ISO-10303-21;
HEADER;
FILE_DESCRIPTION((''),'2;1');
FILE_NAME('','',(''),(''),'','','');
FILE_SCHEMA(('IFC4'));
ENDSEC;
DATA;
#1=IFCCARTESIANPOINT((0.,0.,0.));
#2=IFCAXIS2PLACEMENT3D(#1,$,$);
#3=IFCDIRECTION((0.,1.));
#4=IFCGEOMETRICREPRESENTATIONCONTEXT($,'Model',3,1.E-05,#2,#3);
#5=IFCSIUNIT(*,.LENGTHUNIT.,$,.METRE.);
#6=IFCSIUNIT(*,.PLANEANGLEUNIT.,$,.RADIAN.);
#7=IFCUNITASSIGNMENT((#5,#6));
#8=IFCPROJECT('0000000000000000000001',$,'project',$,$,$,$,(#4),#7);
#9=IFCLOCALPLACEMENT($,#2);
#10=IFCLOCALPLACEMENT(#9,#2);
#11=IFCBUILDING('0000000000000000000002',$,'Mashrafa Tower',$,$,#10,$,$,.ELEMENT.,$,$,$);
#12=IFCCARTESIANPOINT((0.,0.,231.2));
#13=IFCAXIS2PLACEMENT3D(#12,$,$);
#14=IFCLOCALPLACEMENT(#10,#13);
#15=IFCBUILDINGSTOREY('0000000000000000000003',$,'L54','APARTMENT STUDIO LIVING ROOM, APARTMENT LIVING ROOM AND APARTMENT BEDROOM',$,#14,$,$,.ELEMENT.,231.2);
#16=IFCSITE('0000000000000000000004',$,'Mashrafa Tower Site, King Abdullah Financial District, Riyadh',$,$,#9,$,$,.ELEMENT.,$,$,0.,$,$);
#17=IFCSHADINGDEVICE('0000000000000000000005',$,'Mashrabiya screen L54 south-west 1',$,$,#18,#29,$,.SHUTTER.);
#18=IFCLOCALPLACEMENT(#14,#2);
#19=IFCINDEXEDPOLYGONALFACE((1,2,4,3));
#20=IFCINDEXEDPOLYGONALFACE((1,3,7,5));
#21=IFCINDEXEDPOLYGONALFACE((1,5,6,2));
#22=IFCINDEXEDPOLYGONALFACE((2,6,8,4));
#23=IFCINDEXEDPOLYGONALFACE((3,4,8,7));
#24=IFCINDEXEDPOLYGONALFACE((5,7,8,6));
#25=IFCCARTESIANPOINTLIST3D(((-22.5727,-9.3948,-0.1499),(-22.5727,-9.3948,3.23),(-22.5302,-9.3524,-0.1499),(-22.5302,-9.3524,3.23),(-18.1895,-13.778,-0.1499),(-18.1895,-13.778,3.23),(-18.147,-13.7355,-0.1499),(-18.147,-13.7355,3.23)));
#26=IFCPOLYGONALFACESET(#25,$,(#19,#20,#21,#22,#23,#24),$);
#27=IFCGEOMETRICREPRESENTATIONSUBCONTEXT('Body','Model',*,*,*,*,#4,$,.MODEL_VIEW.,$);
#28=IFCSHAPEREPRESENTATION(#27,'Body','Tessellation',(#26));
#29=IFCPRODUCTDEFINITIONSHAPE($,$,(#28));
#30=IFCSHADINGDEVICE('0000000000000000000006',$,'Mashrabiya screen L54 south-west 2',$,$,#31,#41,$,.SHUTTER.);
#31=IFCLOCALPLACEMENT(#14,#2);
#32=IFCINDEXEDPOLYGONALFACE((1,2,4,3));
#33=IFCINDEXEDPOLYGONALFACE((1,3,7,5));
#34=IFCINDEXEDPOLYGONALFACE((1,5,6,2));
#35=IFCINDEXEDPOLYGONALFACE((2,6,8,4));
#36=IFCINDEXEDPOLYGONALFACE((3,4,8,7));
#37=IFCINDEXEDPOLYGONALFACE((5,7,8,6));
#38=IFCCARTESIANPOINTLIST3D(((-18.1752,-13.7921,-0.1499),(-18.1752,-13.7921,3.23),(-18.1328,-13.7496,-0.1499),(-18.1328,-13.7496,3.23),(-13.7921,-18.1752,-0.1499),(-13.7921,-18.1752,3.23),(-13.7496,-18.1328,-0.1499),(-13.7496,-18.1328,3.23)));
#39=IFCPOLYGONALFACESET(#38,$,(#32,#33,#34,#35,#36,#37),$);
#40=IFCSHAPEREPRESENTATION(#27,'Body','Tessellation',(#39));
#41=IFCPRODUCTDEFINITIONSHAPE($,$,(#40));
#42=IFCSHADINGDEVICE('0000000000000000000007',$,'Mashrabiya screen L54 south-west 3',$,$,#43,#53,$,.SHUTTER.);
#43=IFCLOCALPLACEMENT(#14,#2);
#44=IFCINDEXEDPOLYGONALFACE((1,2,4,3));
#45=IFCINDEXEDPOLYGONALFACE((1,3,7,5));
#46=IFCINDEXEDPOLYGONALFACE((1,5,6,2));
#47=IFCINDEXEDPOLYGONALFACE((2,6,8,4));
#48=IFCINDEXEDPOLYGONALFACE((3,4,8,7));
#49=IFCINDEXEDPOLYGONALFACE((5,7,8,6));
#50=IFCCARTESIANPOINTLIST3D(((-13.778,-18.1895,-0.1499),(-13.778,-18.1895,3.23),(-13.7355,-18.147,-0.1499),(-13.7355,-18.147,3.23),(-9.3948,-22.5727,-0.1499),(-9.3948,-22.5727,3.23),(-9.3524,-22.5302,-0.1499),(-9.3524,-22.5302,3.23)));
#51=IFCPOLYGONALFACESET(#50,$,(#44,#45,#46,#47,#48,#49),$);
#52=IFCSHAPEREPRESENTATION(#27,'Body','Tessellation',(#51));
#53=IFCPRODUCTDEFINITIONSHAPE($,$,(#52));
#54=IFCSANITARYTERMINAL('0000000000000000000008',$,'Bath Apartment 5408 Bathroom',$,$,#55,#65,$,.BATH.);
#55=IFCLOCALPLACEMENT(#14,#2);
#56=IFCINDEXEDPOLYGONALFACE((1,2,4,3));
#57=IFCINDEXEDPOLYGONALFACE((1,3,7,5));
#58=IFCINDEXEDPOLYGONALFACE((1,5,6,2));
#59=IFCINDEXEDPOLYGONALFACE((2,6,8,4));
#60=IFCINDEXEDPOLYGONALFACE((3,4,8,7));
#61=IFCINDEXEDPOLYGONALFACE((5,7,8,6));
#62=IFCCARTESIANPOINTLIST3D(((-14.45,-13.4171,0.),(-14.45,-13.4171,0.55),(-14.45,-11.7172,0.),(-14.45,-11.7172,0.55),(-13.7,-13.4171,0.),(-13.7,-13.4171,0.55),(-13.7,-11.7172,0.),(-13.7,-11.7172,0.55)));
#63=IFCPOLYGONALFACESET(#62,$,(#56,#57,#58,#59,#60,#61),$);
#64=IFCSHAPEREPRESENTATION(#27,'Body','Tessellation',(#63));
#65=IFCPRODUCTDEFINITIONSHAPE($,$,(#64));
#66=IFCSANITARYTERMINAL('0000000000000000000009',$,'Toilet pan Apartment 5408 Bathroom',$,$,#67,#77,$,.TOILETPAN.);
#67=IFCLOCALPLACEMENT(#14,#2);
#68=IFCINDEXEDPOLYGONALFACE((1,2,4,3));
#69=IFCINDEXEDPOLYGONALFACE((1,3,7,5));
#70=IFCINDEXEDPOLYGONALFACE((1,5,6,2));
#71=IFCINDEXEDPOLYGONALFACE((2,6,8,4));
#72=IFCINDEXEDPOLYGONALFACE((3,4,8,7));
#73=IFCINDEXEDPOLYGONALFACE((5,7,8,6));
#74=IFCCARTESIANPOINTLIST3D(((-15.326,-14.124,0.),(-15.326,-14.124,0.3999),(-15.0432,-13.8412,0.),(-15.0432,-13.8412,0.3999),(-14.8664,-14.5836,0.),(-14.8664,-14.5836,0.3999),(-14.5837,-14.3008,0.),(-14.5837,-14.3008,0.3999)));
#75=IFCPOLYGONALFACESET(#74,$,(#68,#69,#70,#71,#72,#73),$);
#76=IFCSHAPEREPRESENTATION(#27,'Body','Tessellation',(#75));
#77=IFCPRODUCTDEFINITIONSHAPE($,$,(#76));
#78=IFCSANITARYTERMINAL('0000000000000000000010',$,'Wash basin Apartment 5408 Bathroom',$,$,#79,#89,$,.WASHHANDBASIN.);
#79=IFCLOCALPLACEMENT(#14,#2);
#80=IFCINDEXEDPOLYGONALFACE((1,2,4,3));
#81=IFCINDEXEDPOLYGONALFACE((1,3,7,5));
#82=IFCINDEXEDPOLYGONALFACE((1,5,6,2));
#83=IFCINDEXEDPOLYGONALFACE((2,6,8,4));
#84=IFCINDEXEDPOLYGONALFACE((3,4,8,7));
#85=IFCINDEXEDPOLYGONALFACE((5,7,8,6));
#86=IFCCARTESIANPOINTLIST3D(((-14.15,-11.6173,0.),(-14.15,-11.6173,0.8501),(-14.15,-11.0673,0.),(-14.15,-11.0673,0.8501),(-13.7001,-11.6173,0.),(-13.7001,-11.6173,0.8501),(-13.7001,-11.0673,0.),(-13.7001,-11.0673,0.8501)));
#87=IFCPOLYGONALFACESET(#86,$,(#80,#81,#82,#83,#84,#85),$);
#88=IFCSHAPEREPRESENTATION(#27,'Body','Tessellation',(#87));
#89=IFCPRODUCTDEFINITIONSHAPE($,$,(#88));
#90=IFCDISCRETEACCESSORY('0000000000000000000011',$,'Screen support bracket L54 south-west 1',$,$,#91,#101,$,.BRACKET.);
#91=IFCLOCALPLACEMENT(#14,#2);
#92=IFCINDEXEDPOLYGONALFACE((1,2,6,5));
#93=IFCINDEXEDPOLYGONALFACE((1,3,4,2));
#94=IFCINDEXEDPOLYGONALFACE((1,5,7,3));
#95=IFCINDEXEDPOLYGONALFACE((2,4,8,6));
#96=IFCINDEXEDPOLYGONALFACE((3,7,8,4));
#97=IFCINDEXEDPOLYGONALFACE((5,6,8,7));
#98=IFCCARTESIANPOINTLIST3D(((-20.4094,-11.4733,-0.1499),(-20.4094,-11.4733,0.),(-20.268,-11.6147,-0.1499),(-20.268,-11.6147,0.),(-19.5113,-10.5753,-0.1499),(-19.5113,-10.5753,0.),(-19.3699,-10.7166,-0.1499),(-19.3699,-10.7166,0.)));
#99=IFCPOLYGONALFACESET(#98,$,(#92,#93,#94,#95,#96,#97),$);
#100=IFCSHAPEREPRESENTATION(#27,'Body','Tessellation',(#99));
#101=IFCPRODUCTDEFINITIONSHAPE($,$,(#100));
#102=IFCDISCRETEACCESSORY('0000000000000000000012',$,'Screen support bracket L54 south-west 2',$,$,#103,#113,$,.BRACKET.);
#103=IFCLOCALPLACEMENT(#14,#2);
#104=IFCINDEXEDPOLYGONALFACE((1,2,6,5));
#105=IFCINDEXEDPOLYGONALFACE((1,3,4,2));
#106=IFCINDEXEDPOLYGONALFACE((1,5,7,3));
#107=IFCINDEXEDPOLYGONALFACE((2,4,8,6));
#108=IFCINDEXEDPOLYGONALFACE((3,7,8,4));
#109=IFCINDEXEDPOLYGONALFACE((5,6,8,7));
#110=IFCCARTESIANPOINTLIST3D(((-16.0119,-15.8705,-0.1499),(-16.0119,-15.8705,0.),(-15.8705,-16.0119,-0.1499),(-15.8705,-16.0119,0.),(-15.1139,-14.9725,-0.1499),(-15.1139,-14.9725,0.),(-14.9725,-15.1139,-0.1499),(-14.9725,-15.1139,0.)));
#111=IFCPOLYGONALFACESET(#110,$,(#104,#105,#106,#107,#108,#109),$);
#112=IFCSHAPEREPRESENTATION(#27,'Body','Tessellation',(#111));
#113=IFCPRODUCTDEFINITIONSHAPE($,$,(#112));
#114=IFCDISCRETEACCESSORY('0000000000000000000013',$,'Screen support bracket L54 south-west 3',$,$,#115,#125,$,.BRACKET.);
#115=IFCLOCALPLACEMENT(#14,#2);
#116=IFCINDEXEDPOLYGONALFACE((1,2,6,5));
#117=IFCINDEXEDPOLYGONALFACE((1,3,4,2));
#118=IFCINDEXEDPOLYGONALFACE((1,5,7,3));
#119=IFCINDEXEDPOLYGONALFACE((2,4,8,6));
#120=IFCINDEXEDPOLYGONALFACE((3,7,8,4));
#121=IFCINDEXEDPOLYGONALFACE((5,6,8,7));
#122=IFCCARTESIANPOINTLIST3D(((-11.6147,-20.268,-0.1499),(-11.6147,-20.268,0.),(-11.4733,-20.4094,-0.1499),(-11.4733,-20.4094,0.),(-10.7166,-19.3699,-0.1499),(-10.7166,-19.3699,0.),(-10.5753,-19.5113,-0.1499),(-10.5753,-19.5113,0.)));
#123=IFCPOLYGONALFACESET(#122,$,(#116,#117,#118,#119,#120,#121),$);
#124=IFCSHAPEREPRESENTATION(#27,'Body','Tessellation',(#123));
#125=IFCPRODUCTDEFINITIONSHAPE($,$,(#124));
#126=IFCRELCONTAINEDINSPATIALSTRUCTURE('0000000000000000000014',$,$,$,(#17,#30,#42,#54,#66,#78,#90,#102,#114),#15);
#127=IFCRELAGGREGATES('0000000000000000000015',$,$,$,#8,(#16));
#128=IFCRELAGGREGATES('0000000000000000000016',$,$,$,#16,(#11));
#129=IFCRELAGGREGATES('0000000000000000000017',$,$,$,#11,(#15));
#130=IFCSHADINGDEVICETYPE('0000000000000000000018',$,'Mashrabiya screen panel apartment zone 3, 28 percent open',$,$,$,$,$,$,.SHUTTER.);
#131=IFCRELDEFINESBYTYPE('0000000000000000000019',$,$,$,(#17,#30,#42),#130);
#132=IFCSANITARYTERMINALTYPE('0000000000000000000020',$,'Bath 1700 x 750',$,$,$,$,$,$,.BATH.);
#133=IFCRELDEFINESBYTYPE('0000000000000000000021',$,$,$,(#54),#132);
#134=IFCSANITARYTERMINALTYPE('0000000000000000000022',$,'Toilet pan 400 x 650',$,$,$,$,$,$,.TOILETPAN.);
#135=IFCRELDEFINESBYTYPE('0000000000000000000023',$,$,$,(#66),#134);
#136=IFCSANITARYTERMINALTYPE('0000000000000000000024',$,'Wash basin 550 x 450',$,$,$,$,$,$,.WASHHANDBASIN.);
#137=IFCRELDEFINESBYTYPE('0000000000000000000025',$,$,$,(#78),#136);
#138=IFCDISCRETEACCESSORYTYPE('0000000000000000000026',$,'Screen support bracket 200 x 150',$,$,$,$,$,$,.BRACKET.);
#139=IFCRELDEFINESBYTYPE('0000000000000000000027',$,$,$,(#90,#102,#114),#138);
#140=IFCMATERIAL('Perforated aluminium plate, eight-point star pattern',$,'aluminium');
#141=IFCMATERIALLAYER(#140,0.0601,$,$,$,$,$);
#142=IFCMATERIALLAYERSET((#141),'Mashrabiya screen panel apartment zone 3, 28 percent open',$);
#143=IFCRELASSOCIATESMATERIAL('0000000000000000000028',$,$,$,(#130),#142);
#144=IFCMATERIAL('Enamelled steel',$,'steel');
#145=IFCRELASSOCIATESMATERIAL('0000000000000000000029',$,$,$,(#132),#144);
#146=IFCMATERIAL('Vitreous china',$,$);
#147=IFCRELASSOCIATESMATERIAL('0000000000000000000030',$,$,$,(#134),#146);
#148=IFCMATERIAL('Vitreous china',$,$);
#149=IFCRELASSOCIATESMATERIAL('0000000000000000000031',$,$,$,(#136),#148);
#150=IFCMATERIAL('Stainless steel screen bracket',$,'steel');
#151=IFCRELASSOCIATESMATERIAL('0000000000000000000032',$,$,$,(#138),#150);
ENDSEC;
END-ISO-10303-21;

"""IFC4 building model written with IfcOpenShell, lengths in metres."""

from ifc_helpers import new_model, si_unit, direction, frame, origin, origin_2d, place, context, subcontext, project, spatial, rectangle, extrude, source, transform, mapped, material, layer, layer_set, type_object, type_shapes, element, save


model = new_model("IFC4")

# Units and contexts
model_context = context("Model", 3, precision=1e-05, world=origin(), true_north=direction((0.0, 1.0)))
body_context = subcontext(model_context, "Body", "Model", "MODEL_VIEW")
ifc_project = project(units=[si_unit("LENGTHUNIT", "METRE"), si_unit("PLANEANGLEUNIT", "RADIAN")], contexts=[model_context])

# Site, building, storey
site_placement = place(None, origin())
site = spatial("IfcSite", under=ifc_project, at=site_placement, Name="Mashrafa Tower Site, King Abdullah Financial District, Riyadh", CompositionType="ELEMENT", RefElevation=0.0)
building_placement = place(site_placement, origin())
building = spatial("IfcBuilding", under=site, at=building_placement, Name="Mashrafa Tower", CompositionType="ELEMENT")
storey_placement = place(building_placement, frame((0.0, 0.0, 231.2)))
storey = spatial("IfcBuildingStorey", under=building, at=storey_placement, Name="L54", Description="APARTMENT STUDIO LIVING ROOM, APARTMENT LIVING ROOM AND APARTMENT BEDROOM", CompositionType="ELEMENT", Elevation=231.2)

# Shading devices
ifc_material_1 = material(Name="Perforated aluminium plate, eight-point star pattern", Category="aluminium")
ifc_layer_1 = layer(ifc_material_1, 0.0601)
ifc_layer_set_1 = layer_set([ifc_layer_1], Name="Mashrabiya screen panel apartment zone 3, 28 percent open")
shading_device_type = type_object("IfcShadingDeviceType", Name="Mashrabiya screen panel apartment zone 3, 28 percent open", PredefinedType="SHUTTER", material=ifc_layer_set_1)
shared_shape_1 = source(origin(), body_context, "Body", "SweptSolid", [
    extrude(rectangle(XDim=6.1987, YDim=0.0601, at=origin_2d()), origin(), (0.0, 0.0, 1.0), 3.3799),
])
type_shapes(shading_device_type, [shared_shape_1])
for number, where, z_axis, x_axis, name in (
    (1, (-20.3599, -11.5652, -0.1499), (0.0, 0.0, 1.0), (0.707107, -0.707107, 0.0), "Mashrabiya screen L54 south-west 1"),
    (2, (-15.9624, -15.9624, -0.1499), (0.0, 0.0, 1.0), (0.707107, -0.707107, 0.0), "Mashrabiya screen L54 south-west 2"),
    (3, (-11.5652, -20.3599, -0.1499), (0.0, 0.0, 1.0), (0.707107, -0.707107, 0.0), "Mashrabiya screen L54 south-west 3"),
):
    element("IfcShadingDevice", number, at=place(storey_placement, frame(where, z_axis=z_axis, x_axis=x_axis)), inside=storey, type_object=shading_device_type, Name=name, PredefinedType="SHUTTER", context=body_context, shape_type="MappedRepresentation", body=[
        mapped(shared_shape_1, transform((0.0, 0.0, 0.0))),
    ])

# Sanitary terminals
ifc_material_2 = material(Name="Enamelled steel", Category="steel")
sanitary_terminal_type_1 = type_object("IfcSanitaryTerminalType", Name="Bath 1700 x 750", PredefinedType="BATH", material=ifc_material_2)
sanitary_terminal_1_placement = place(storey_placement, frame((-14.075, -12.5671, 0.0), z_axis=(0.0, 0.0, 1.0), x_axis=(0.0, 1.0, 0.0)))
element("IfcSanitaryTerminal", 4, at=sanitary_terminal_1_placement, inside=storey, type_object=sanitary_terminal_type_1, Name="Bath Apartment 5408 Bathroom", PredefinedType="BATH", context=body_context, shape_type="SweptSolid", body=[
    extrude(rectangle(XDim=1.7, YDim=0.75, at=origin_2d()), origin(), (0.0, 0.0, 1.0), 0.55),
])
ifc_material_3 = material(Name="Vitreous china")
sanitary_terminal_type_2 = type_object("IfcSanitaryTerminalType", Name="Toilet pan 400 x 650", PredefinedType="TOILETPAN", material=ifc_material_3)
sanitary_terminal_2_placement = place(storey_placement, frame((-14.9548, -14.2124, 0.0), z_axis=(0.0, 0.0, 1.0), x_axis=(0.707107, 0.707107, 0.0)))
element("IfcSanitaryTerminal", 5, at=sanitary_terminal_2_placement, inside=storey, type_object=sanitary_terminal_type_2, Name="Toilet pan Apartment 5408 Bathroom", PredefinedType="TOILETPAN", context=body_context, shape_type="SweptSolid", body=[
    extrude(rectangle(XDim=0.3999, YDim=0.6499, at=origin_2d()), origin(), (0.0, 0.0, 1.0), 0.3999),
])
ifc_material_4 = material(Name="Vitreous china")
sanitary_terminal_type_3 = type_object("IfcSanitaryTerminalType", Name="Wash basin 550 x 450", PredefinedType="WASHHANDBASIN", material=ifc_material_4)
sanitary_terminal_3_placement = place(storey_placement, frame((-13.925, -11.3423, 0.0), z_axis=(0.0, 0.0, 1.0), x_axis=(0.0, 1.0, 0.0)))
element("IfcSanitaryTerminal", 6, at=sanitary_terminal_3_placement, inside=storey, type_object=sanitary_terminal_type_3, Name="Wash basin Apartment 5408 Bathroom", PredefinedType="WASHHANDBASIN", context=body_context, shape_type="SweptSolid", body=[
    extrude(rectangle(XDim=0.55, YDim=0.45, at=origin_2d()), origin(), (0.0, 0.0, 1.0), 0.8501),
])

# Discrete accessories
ifc_material_5 = material(Name="Stainless steel screen bracket", Category="steel")
discrete_accessory_type = type_object("IfcDiscreteAccessoryType", Name="Screen support bracket 200 x 150", PredefinedType="BRACKET", material=ifc_material_5)
shared_shape_2 = source(origin(), body_context, "Body", "SweptSolid", [
    extrude(rectangle(XDim=0.2, YDim=1.27, at=origin_2d()), origin(), (0.0, 0.0, 1.0), 0.1499),
])
type_shapes(discrete_accessory_type, [shared_shape_2])
for number, where, z_axis, x_axis, name in (
    (7, (-19.8896, -11.095, -0.1499), (0.0, 0.0, 1.0), (0.707107, -0.707107, 0.0), "Screen support bracket L54 south-west 1"),
    (8, (-15.4922, -15.4922, -0.1499), (0.0, 0.0, 1.0), (0.707107, -0.707107, 0.0), "Screen support bracket L54 south-west 2"),
    (9, (-11.095, -19.8896, -0.1499), (0.0, 0.0, 1.0), (0.707107, -0.707107, 0.0), "Screen support bracket L54 south-west 3"),
):
    element("IfcDiscreteAccessory", number, at=place(storey_placement, frame(where, z_axis=z_axis, x_axis=x_axis)), inside=storey, type_object=discrete_accessory_type, Name=name, PredefinedType="BRACKET", context=body_context, shape_type="MappedRepresentation", body=[
        mapped(shared_shape_2, transform((0.0, 0.0, 0.0))),
    ])

save(model, "model.ifc")
